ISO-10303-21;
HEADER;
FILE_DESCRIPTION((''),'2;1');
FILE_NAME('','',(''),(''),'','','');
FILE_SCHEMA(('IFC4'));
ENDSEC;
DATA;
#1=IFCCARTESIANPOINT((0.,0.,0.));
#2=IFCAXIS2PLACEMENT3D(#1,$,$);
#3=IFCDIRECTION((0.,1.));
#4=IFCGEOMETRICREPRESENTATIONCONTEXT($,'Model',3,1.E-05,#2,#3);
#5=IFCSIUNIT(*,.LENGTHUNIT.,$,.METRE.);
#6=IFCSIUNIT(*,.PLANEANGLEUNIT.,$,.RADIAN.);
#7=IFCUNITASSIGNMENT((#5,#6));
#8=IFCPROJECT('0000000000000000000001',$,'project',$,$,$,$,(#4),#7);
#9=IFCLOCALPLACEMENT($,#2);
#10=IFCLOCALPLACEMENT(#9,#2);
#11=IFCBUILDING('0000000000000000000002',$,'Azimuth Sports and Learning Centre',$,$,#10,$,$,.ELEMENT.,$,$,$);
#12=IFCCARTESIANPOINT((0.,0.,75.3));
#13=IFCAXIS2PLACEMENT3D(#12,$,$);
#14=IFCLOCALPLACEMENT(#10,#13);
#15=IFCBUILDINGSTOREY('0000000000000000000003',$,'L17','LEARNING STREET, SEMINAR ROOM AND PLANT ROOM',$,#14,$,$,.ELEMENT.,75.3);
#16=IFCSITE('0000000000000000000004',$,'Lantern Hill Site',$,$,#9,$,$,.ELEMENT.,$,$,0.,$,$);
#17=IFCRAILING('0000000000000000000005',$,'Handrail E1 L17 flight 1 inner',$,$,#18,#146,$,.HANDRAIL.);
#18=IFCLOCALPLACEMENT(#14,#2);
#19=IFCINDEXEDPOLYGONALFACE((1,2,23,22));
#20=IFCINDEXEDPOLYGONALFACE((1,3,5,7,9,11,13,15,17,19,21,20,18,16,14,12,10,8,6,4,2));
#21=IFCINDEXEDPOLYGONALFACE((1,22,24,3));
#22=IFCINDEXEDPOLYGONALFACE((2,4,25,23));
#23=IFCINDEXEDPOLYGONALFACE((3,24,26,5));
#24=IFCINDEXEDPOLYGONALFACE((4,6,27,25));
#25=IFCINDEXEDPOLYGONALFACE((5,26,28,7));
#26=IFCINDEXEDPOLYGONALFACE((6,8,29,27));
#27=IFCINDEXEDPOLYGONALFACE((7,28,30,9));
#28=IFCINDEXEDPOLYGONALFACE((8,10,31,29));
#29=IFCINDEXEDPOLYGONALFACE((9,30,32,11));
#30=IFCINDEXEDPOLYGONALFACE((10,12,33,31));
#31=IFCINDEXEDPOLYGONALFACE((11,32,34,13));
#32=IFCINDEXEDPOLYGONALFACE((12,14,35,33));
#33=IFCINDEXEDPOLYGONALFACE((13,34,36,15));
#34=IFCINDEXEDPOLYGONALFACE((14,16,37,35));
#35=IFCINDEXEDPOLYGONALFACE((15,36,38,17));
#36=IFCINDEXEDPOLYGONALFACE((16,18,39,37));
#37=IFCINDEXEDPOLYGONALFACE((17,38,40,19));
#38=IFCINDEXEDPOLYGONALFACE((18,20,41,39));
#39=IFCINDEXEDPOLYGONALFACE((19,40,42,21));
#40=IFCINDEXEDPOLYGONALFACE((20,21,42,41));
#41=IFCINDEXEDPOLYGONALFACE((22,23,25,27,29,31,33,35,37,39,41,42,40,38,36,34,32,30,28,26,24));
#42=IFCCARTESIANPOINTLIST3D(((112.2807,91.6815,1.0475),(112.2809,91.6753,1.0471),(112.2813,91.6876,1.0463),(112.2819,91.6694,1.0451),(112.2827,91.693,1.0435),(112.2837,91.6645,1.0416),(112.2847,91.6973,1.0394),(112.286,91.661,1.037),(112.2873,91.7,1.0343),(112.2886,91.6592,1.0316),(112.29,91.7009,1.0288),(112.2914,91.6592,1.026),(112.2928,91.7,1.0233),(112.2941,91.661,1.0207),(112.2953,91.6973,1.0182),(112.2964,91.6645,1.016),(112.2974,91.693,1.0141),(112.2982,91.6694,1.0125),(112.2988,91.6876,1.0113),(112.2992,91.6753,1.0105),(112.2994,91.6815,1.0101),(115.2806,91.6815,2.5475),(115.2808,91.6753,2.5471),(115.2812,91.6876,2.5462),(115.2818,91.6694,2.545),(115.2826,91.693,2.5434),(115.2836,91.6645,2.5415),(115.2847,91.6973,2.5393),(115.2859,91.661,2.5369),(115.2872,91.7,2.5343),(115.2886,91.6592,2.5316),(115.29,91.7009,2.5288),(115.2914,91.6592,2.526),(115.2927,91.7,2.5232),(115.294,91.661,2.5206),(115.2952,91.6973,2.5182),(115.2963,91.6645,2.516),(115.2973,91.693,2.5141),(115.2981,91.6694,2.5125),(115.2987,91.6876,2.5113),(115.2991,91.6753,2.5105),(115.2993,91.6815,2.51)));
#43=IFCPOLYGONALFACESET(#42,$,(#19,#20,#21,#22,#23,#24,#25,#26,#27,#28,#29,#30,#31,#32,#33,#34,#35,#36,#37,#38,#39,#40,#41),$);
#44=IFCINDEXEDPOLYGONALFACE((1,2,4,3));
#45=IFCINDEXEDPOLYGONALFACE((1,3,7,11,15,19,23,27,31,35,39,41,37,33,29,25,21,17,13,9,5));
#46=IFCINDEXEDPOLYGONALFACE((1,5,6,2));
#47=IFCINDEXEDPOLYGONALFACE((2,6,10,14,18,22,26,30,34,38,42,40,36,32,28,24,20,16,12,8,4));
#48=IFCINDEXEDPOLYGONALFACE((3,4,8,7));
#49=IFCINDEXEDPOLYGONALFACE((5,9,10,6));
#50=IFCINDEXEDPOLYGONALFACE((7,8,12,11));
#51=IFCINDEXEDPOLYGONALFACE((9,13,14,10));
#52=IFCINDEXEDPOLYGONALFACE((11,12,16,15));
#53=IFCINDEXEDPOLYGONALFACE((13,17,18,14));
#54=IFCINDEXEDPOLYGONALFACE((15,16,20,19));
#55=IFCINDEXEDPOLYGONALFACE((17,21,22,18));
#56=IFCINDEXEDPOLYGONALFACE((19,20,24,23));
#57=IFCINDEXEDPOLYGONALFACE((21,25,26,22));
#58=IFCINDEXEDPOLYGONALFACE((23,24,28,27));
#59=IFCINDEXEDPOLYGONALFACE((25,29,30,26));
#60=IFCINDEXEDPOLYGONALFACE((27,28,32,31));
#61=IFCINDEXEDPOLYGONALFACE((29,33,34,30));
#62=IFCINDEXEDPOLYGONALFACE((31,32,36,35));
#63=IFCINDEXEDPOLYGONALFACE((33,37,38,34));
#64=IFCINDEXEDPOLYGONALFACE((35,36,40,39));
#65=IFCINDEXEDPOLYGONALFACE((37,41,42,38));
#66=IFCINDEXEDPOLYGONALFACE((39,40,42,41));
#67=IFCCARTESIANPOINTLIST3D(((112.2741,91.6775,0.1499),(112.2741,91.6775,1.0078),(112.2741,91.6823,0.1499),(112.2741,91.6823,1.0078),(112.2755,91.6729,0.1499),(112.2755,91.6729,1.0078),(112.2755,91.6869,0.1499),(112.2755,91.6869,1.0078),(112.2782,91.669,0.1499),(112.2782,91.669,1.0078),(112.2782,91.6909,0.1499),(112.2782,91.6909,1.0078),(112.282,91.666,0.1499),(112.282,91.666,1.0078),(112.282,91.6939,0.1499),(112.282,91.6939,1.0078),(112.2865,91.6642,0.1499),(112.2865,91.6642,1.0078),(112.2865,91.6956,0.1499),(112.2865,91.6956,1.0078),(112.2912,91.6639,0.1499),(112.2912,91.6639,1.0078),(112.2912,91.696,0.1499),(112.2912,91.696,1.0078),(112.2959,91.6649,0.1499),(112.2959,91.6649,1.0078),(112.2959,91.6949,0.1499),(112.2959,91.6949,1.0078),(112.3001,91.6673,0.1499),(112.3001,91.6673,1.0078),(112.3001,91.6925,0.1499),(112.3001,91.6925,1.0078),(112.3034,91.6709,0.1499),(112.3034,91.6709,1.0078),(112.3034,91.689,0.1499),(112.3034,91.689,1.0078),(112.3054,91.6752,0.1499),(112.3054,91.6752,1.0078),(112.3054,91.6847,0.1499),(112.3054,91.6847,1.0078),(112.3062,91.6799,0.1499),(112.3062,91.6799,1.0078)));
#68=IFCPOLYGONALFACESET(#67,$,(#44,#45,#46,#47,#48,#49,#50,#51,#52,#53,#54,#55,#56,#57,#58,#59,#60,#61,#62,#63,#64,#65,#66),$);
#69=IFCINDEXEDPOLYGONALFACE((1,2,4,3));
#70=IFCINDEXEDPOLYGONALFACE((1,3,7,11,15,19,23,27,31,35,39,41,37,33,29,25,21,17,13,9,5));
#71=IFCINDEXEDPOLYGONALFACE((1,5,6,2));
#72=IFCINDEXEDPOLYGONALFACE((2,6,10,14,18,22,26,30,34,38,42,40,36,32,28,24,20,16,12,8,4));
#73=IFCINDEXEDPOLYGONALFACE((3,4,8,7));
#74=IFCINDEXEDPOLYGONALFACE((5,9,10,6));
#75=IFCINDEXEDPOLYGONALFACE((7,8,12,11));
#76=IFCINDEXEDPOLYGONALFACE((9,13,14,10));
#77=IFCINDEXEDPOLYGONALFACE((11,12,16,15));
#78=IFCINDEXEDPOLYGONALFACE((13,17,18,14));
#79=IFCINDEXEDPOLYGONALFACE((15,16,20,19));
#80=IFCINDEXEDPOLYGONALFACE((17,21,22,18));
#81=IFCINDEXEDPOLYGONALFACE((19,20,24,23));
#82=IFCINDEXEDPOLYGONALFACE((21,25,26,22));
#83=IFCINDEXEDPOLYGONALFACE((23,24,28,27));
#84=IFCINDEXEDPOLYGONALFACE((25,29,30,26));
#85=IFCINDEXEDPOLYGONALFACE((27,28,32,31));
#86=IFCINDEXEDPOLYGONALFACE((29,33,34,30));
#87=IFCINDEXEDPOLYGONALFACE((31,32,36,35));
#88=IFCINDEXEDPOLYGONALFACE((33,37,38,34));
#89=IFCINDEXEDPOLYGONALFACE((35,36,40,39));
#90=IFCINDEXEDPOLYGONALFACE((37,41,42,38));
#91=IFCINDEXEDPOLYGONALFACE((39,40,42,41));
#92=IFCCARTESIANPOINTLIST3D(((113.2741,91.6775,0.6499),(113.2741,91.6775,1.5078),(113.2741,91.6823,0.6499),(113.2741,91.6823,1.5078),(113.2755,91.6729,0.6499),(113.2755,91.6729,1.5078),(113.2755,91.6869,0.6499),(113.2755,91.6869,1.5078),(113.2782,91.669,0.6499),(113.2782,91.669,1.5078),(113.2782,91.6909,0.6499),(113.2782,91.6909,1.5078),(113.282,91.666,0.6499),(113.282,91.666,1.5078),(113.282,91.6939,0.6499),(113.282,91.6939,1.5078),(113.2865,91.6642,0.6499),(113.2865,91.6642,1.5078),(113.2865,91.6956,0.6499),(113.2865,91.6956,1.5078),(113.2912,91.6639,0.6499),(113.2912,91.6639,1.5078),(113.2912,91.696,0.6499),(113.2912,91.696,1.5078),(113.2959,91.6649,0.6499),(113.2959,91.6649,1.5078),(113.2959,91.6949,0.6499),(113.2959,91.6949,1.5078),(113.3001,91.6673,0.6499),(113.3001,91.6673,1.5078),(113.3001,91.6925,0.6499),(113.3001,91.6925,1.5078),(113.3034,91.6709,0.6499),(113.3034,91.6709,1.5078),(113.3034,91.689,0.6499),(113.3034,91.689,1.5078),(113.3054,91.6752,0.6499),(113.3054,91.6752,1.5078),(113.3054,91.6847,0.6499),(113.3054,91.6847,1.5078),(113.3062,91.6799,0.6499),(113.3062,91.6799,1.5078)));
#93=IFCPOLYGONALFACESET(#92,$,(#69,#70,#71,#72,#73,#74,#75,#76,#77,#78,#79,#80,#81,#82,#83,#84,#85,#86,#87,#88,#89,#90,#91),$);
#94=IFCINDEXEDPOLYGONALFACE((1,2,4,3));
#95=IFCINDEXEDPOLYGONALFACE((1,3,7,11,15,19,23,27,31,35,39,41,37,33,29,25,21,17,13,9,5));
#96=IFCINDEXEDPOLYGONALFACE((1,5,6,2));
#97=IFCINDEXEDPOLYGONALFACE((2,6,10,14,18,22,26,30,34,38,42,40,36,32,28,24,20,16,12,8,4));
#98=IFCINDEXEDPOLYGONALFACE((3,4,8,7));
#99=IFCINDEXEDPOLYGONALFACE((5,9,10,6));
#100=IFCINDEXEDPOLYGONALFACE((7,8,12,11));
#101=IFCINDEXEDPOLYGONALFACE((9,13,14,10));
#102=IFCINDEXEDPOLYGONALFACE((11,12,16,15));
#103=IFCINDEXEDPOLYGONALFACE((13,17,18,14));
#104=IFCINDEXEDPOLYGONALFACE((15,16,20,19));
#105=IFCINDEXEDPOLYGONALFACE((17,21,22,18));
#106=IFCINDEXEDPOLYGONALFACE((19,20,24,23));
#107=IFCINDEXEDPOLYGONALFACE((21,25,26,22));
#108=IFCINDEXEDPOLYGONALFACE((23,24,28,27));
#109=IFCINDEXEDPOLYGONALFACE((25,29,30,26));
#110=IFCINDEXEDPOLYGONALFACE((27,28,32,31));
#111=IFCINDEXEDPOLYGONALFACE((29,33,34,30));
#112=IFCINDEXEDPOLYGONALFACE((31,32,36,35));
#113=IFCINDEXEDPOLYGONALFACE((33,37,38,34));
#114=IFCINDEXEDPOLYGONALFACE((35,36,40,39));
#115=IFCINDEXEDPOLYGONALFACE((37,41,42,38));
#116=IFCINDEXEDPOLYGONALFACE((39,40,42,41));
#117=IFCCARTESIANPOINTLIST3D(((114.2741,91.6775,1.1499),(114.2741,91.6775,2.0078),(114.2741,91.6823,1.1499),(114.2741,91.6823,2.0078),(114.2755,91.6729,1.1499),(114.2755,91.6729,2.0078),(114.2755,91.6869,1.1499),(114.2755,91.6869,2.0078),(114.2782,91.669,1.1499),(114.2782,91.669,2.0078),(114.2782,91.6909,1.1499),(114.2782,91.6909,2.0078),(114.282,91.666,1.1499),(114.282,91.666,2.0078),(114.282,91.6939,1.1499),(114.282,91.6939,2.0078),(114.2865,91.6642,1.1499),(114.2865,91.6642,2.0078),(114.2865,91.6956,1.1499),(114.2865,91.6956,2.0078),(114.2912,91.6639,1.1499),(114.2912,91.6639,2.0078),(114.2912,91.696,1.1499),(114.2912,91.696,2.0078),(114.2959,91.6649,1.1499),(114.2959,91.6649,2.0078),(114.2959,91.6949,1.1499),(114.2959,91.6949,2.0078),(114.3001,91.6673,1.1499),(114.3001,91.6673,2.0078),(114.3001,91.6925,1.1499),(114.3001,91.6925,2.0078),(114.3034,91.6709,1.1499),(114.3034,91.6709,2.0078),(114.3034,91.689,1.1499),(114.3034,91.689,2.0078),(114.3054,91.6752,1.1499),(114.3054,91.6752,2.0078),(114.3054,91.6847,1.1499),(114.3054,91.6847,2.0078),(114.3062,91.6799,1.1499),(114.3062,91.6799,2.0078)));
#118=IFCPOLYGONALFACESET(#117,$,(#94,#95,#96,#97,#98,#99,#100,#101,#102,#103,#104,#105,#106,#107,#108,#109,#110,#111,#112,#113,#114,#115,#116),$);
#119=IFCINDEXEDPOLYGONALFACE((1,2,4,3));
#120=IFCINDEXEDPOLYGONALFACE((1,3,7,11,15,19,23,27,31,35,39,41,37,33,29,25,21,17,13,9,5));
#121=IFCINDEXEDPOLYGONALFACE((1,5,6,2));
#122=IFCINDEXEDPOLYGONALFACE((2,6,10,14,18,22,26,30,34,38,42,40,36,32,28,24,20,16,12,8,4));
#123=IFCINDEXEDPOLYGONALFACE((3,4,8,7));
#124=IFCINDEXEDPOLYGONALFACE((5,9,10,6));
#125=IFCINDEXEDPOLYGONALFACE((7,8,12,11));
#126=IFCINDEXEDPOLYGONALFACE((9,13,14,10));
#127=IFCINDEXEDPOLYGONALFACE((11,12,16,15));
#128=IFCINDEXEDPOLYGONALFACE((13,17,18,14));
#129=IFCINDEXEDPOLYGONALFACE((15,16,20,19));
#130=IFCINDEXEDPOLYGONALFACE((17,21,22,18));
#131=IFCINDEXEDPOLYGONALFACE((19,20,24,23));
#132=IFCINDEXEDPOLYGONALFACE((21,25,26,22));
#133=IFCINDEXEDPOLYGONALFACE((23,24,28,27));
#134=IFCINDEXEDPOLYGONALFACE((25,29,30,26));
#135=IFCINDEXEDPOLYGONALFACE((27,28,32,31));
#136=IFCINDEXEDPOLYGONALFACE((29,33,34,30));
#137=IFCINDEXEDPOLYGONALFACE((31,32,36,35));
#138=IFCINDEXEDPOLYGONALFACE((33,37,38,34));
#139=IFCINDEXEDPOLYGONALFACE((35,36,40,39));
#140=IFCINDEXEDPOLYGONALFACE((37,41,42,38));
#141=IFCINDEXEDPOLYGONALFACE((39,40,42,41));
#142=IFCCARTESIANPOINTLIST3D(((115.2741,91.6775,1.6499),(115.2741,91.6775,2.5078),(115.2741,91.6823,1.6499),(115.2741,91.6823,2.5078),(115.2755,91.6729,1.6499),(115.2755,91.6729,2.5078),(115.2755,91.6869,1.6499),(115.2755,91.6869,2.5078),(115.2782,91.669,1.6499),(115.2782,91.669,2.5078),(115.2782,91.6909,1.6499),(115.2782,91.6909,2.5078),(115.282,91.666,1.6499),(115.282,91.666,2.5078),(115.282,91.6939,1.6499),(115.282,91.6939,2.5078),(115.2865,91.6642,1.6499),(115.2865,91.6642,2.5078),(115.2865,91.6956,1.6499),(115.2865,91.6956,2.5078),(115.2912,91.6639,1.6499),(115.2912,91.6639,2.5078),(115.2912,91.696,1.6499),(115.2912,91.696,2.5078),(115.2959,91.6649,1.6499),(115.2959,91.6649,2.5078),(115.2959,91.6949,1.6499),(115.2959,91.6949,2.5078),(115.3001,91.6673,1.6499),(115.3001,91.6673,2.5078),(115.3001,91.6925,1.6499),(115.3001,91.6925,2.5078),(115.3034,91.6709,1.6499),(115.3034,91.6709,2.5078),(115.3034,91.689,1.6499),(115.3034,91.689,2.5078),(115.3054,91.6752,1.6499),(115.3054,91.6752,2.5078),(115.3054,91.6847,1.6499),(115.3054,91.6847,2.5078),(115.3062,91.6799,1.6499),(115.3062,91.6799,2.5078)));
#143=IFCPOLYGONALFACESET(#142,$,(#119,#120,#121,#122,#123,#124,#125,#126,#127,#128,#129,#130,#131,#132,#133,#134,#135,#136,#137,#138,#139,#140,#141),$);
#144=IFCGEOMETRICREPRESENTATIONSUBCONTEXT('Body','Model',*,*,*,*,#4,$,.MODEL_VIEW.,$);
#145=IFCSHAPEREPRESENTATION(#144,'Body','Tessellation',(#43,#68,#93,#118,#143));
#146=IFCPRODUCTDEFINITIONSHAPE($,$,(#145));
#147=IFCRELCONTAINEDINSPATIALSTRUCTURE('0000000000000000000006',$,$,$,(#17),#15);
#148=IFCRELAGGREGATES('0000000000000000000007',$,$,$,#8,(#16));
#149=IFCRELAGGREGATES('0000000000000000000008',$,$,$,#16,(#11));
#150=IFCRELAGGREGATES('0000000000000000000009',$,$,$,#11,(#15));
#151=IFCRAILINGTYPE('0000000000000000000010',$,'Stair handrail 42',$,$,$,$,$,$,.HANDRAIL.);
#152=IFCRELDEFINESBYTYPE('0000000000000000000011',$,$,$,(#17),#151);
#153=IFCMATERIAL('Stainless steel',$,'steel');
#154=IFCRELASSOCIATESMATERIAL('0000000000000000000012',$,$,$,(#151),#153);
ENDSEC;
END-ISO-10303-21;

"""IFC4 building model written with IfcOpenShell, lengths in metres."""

from ifc_helpers import new_model, si_unit, direction, frame, origin, origin_2d, place, context, subcontext, project, spatial, circle, extrude, material, type_object, element, save


model = new_model("IFC4")

# Units and contexts
model_context = context("Model", 3, precision=1e-05, world=origin(), true_north=direction((0.0, 1.0)))
body_context = subcontext(model_context, "Body", "Model", "MODEL_VIEW")
ifc_project = project(units=[si_unit("LENGTHUNIT", "METRE"), si_unit("PLANEANGLEUNIT", "RADIAN")], contexts=[model_context])

# Site, building, storey
site_placement = place(None, origin())
site = spatial("IfcSite", under=ifc_project, at=site_placement, Name="Lantern Hill Site", CompositionType="ELEMENT", RefElevation=0.0)
building_placement = place(site_placement, origin())
building = spatial("IfcBuilding", under=site, at=building_placement, Name="Azimuth Sports and Learning Centre", CompositionType="ELEMENT")
storey_placement = place(building_placement, frame((0.0, 0.0, 75.3)))
storey = spatial("IfcBuildingStorey", under=building, at=storey_placement, Name="L17", Description="LEARNING STREET, SEMINAR ROOM AND PLANT ROOM", CompositionType="ELEMENT", Elevation=75.3)

# Railing
ifc_material_1 = material(Name="Stainless steel", Category="steel")
railing_type_1 = type_object("IfcRailingType", Name="Stair handrail 42", PredefinedType="HANDRAIL", material=ifc_material_1)
for number, where, name in (
    (1, (112.29, 91.6799, 0.1499), "Handrail E1 L17 flight 1 inner"),
):
    element("IfcRailing", number, at=place(storey_placement, frame(where)), inside=storey, type_object=railing_type_1, Name=name, PredefinedType="HANDRAIL", context=body_context, shape_type="SweptSolid", body=[
        extrude(circle(Radius=0.021, at=origin_2d()), frame((0.0, 0.0, 0.8789), z_axis=(0.894427, 0.0, 0.447214), x_axis=(0.0, 1.0, 0.0)), (0.0, 0.0, 1.0), 3.354),
        extrude(circle(Radius=0.0161, at=origin_2d()), origin(), (0.0, 0.0, 1.0), 0.8579),
        extrude(circle(Radius=0.0161, at=origin_2d()), frame((1.0, 0.0, 0.5)), (0.0, 0.0, 1.0), 0.8579),
        extrude(circle(Radius=0.0161, at=origin_2d()), frame((2.0, 0.0, 1.0)), (0.0, 0.0, 1.0), 0.8579),
        extrude(circle(Radius=0.0161, at=origin_2d()), frame((3.0, 0.0, 1.5)), (0.0, 0.0, 1.0), 0.8579),
    ])

save(model, "model.ifc")
